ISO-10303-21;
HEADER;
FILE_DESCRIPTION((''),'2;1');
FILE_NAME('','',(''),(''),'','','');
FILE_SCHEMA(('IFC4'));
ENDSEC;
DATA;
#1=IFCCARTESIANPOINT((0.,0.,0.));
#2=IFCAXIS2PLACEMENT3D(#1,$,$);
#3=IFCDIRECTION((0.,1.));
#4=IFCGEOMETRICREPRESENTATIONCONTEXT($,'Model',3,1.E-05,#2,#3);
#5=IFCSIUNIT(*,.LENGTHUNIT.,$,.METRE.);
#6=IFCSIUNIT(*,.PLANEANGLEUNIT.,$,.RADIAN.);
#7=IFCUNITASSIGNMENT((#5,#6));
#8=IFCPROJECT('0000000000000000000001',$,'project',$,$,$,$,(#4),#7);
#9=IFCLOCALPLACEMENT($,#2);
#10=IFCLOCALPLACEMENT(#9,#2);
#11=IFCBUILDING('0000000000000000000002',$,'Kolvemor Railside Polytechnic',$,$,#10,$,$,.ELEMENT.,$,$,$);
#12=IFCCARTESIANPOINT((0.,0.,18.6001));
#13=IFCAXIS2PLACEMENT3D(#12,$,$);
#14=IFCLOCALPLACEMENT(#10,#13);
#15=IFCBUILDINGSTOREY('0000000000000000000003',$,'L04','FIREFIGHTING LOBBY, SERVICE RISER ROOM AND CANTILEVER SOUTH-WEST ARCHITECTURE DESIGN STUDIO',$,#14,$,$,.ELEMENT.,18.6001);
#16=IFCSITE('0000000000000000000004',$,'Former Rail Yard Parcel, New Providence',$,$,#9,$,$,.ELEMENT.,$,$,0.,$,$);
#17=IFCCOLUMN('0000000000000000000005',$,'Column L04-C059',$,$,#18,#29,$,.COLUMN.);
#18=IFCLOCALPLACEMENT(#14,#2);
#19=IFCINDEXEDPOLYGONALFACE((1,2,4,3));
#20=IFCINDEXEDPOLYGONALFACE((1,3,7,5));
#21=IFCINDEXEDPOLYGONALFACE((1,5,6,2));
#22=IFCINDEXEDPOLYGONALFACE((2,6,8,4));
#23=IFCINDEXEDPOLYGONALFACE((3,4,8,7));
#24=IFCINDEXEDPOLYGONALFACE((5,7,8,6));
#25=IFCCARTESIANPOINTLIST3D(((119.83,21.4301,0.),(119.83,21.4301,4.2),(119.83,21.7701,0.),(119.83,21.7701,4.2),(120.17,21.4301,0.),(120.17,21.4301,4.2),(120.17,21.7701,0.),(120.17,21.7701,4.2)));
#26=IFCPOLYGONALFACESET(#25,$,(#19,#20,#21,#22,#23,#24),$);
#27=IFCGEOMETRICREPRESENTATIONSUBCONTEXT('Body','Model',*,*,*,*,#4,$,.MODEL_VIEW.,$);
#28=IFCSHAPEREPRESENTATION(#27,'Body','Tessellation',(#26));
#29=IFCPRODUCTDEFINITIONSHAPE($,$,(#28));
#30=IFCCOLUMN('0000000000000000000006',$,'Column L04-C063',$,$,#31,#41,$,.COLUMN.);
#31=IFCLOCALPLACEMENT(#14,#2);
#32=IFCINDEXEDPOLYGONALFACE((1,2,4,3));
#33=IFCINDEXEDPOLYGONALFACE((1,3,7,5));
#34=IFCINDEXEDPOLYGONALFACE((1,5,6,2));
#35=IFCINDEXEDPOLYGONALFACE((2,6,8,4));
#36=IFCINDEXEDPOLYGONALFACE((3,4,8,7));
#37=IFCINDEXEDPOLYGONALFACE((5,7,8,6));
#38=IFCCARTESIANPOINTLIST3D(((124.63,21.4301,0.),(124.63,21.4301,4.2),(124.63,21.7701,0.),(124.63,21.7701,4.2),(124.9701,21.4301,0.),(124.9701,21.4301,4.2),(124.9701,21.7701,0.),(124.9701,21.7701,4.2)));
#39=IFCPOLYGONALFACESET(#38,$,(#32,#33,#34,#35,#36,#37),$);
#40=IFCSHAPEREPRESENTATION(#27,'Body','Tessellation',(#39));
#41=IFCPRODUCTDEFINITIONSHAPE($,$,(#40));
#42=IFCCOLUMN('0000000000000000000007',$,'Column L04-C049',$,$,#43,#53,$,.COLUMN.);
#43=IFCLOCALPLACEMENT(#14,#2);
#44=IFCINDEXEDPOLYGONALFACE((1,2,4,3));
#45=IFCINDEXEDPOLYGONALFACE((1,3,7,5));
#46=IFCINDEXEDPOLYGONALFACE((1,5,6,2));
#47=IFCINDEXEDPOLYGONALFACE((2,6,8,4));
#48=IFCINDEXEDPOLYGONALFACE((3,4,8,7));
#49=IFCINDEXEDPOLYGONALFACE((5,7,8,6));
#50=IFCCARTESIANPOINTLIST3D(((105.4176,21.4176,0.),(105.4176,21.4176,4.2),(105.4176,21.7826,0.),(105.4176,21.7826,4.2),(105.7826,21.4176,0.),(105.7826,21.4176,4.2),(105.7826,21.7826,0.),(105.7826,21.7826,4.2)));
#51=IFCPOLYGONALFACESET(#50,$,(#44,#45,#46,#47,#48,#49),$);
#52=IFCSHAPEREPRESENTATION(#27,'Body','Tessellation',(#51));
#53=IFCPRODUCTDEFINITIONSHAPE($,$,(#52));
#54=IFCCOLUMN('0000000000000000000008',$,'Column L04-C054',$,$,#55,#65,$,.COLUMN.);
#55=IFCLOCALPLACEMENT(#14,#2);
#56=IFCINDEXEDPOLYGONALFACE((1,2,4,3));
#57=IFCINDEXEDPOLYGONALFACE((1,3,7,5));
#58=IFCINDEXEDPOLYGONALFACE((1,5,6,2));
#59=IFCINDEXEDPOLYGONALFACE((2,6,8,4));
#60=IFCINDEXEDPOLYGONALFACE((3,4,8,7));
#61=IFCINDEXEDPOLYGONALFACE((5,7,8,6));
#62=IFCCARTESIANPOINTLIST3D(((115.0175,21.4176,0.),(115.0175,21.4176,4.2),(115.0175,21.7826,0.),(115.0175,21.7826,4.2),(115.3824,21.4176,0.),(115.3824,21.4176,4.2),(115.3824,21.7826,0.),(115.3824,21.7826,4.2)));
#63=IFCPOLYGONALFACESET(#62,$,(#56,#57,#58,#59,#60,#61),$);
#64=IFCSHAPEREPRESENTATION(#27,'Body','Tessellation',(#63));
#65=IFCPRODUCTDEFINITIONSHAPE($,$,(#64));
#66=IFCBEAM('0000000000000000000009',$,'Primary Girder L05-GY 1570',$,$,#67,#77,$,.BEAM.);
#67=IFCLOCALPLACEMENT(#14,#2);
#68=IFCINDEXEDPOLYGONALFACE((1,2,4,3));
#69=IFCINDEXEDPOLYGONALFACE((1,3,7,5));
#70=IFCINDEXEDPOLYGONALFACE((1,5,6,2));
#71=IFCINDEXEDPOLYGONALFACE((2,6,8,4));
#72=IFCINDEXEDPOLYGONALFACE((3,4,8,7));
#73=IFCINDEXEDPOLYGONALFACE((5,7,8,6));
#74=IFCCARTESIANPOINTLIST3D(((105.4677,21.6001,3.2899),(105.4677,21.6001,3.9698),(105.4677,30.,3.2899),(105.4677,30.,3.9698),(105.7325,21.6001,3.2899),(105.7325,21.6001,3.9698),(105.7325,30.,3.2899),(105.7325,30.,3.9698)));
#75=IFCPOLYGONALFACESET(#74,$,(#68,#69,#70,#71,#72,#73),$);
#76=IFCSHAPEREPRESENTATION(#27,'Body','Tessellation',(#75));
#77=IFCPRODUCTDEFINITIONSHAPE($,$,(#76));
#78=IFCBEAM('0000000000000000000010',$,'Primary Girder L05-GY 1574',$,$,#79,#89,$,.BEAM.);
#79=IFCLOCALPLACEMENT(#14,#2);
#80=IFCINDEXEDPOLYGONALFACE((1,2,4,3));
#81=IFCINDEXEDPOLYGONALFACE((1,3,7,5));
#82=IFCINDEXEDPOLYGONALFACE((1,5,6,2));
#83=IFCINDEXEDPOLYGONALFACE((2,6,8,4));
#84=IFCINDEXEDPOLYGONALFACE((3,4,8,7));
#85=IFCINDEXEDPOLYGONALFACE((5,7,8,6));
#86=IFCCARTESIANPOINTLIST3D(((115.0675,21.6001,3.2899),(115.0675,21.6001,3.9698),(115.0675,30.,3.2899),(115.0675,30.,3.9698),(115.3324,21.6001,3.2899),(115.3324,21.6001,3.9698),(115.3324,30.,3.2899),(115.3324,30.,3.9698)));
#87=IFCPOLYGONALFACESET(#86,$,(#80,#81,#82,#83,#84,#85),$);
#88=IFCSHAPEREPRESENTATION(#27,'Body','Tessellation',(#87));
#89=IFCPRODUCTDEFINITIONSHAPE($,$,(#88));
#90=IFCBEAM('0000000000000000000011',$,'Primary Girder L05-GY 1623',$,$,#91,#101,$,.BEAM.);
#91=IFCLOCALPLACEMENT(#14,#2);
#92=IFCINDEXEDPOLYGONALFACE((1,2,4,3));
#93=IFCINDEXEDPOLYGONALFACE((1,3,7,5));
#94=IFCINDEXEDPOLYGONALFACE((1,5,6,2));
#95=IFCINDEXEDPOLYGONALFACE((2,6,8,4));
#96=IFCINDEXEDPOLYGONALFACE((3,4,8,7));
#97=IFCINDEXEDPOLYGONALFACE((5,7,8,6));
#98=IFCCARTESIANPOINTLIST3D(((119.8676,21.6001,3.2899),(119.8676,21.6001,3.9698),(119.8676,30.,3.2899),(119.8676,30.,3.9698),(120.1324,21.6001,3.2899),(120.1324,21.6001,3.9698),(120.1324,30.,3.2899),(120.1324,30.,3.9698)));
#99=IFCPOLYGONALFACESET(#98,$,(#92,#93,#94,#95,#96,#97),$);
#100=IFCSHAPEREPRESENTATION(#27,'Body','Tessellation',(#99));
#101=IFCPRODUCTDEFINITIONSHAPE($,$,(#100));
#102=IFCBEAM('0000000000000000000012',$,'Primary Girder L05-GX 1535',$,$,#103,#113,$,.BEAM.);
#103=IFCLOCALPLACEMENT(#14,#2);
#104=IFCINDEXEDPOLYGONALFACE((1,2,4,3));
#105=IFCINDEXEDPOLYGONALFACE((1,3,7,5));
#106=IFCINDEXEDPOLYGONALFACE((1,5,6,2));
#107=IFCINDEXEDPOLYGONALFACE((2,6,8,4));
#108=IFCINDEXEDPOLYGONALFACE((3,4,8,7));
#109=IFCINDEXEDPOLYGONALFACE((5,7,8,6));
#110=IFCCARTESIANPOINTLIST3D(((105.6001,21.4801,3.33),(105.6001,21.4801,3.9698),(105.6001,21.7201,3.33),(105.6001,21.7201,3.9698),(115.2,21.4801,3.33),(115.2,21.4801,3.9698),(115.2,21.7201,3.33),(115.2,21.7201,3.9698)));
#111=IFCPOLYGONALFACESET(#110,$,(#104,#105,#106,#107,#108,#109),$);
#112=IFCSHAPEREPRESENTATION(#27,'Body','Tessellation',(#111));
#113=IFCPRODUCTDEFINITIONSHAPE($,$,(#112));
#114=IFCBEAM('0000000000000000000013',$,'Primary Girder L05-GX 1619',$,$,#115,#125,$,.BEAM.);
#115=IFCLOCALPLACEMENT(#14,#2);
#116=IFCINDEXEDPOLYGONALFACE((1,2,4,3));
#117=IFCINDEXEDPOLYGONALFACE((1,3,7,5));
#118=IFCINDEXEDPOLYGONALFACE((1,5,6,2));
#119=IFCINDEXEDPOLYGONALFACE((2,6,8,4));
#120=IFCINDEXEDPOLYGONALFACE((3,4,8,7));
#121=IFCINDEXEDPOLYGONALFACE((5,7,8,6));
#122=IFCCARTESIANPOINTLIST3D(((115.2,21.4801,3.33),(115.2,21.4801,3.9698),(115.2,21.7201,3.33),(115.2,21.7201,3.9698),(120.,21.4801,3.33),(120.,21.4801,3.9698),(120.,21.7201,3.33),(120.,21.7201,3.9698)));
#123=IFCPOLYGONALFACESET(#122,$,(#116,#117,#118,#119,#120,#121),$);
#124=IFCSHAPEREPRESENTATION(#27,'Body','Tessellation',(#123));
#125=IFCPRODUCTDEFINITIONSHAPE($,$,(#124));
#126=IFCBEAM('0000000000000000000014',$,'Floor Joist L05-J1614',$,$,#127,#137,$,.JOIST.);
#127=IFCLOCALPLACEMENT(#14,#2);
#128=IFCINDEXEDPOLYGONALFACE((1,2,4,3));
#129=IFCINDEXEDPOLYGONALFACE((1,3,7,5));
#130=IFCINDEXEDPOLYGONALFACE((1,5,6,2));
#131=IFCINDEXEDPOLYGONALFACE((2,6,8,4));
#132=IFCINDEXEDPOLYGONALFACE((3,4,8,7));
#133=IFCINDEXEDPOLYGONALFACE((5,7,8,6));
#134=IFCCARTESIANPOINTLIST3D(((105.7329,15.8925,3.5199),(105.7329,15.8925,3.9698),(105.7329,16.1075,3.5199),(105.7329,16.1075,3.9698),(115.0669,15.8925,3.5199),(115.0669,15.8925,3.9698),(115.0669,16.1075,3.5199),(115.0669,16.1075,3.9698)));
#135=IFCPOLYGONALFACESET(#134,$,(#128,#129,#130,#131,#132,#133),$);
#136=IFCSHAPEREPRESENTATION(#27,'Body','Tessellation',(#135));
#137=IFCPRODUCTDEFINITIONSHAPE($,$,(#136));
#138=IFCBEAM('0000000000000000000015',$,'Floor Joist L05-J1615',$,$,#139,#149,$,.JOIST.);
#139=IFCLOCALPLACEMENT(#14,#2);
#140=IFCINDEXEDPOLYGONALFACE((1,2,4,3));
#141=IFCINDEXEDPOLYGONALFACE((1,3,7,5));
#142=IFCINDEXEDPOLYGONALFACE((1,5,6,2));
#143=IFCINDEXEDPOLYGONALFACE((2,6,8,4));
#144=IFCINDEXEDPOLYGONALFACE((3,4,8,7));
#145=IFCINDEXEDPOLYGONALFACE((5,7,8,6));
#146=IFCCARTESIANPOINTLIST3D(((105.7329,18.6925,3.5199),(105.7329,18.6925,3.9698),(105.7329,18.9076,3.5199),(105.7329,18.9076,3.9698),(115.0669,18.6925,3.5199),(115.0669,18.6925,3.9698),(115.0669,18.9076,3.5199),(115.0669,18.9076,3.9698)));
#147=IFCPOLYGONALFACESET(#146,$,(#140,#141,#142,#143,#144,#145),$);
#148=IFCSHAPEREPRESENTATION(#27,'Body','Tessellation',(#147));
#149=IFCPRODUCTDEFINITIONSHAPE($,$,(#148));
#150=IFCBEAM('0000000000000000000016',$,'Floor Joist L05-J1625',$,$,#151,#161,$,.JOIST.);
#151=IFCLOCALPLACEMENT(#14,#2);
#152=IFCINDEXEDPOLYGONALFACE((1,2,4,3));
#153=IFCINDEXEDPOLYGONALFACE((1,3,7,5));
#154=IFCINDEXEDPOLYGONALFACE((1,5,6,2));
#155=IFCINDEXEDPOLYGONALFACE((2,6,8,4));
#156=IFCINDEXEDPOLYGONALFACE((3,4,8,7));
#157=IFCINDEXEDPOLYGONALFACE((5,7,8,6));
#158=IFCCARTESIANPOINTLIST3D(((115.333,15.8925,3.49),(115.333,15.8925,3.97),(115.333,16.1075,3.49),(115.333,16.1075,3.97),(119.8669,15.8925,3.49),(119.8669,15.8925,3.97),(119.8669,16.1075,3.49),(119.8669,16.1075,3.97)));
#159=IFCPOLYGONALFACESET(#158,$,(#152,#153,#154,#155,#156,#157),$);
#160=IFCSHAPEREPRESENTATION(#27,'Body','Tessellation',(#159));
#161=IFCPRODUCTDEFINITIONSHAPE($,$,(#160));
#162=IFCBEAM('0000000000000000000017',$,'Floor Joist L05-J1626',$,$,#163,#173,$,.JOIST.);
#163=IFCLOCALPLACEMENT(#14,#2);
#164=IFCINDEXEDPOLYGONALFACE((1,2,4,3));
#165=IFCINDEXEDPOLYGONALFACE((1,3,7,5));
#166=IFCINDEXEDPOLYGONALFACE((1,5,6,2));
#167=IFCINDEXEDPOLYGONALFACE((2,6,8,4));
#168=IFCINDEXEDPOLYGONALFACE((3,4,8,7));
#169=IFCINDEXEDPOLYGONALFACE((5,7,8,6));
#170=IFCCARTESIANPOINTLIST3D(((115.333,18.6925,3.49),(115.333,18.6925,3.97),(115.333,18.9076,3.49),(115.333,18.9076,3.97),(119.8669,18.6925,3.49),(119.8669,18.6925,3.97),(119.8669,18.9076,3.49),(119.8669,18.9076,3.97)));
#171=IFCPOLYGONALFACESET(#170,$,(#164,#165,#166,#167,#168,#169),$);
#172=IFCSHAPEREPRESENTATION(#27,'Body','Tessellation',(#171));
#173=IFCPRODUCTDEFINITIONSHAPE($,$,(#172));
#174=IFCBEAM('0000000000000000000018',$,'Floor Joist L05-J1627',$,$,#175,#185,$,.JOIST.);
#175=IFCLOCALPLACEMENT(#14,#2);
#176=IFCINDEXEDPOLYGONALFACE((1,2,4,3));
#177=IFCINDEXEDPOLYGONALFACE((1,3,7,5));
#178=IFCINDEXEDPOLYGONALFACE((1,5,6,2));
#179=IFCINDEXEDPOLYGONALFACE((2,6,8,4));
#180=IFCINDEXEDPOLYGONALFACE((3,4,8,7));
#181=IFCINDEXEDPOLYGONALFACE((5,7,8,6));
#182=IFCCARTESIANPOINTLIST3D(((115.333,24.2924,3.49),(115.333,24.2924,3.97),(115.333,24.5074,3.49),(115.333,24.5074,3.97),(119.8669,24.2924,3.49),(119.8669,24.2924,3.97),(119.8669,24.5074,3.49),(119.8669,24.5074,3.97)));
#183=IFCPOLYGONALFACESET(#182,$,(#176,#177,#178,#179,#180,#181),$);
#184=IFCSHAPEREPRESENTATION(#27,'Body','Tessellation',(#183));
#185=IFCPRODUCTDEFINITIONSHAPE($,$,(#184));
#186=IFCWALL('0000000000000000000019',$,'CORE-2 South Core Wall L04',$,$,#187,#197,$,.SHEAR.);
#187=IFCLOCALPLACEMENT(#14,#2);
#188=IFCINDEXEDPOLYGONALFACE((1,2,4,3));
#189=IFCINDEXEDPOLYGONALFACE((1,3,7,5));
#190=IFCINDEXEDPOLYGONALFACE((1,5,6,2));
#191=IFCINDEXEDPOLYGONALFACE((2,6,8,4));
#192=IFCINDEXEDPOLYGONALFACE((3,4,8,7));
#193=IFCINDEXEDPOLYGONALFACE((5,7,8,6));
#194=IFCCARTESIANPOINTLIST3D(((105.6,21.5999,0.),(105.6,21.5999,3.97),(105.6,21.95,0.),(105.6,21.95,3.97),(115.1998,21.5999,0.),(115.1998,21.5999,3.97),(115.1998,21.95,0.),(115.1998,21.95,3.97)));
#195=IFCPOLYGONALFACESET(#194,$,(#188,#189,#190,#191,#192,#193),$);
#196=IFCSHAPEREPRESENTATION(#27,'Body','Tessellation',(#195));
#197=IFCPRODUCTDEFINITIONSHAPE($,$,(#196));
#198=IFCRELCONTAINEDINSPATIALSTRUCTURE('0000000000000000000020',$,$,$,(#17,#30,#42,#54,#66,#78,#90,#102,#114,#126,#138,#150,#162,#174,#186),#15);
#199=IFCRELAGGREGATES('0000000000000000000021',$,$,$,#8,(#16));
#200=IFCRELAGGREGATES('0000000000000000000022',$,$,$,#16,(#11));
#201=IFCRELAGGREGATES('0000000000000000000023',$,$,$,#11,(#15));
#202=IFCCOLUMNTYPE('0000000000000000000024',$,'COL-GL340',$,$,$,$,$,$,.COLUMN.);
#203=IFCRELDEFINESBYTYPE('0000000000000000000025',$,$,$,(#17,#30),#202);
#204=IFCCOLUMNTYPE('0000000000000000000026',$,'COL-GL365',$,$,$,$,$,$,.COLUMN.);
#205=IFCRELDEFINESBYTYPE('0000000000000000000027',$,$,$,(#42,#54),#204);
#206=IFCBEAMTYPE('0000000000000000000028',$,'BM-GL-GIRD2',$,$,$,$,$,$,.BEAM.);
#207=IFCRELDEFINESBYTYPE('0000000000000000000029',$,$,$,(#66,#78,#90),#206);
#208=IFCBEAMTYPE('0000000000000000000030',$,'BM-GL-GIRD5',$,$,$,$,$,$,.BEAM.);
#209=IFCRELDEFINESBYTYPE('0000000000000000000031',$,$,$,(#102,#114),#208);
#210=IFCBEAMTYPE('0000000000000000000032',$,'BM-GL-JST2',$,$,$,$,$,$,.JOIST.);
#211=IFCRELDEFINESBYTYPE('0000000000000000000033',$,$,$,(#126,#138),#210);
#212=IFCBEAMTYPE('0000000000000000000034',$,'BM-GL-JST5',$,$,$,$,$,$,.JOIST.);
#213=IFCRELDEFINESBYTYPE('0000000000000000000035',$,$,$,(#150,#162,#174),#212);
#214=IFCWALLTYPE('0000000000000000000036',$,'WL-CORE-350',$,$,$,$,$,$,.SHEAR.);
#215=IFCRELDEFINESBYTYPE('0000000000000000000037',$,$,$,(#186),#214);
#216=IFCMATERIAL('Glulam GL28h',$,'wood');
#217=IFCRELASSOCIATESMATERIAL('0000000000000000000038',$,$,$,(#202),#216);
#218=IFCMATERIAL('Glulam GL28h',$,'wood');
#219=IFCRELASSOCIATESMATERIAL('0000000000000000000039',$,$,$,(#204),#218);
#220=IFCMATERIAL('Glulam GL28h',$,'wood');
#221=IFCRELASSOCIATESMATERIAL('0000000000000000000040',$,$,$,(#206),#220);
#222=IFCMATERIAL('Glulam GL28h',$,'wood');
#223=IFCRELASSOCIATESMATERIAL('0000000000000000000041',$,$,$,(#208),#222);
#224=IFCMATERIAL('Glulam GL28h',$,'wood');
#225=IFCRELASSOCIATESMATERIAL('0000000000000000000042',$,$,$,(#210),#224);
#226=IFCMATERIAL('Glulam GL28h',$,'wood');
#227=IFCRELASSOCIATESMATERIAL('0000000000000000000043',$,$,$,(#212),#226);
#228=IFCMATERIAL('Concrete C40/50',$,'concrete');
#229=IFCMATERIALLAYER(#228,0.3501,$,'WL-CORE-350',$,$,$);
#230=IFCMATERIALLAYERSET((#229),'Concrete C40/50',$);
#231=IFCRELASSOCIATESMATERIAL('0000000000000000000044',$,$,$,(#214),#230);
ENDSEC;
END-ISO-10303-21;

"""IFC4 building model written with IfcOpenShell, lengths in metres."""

from ifc_helpers import new_model, si_unit, direction, frame, frame_2d, origin, origin_2d, place, context, subcontext, project, spatial, rectangle, extrude, material, layer, layer_set, material_profile, profile_set, type_object, element, save


model = new_model("IFC4")

# Units and contexts
model_context = context("Model", 3, precision=1e-05, world=origin(), true_north=direction((0.0, 1.0)))
body_context = subcontext(model_context, "Body", "Model", "MODEL_VIEW")
ifc_project = project(units=[si_unit("LENGTHUNIT", "METRE"), si_unit("PLANEANGLEUNIT", "RADIAN")], contexts=[model_context])

# Site, building, storey
site_placement = place(None, origin())
site = spatial("IfcSite", under=ifc_project, at=site_placement, Name="Former Rail Yard Parcel, New Providence", CompositionType="ELEMENT", RefElevation=0.0)
building_placement = place(site_placement, origin())
building = spatial("IfcBuilding", under=site, at=building_placement, Name="Kolvemor Railside Polytechnic", CompositionType="ELEMENT")
storey_placement = place(building_placement, frame((0.0, 0.0, 18.6001)))
storey = spatial("IfcBuildingStorey", under=building, at=storey_placement, Name="L04", Description="FIREFIGHTING LOBBY, SERVICE RISER ROOM AND CANTILEVER SOUTH-WEST ARCHITECTURE DESIGN STUDIO", CompositionType="ELEMENT", Elevation=18.6001)

# Columns
ifc_material_1 = material(Name="Glulam GL28h", Category="wood")
ifc_material_profile_1 = material_profile(ifc_material_1, rectangle(XDim=0.3401, YDim=0.3401, at=origin_2d()), Name="GL340x340")
ifc_profile_set_1 = profile_set([ifc_material_profile_1], Name="Glulam GL28h")
column_type_1 = type_object("IfcColumnType", Name="COL-GL340", PredefinedType="COLUMN", material=ifc_profile_set_1)
for number, where, z_axis, x_axis, name in (
    (1, (120.0, 21.6001, 0.0), (0.0, 0.0, 1.0), (1.0, 0.0, 0.0), "Column L04-C059"),
    (2, (124.8, 21.6001, 0.0), (0.0, 0.0, 1.0), (1.0, 0.0, 0.0), "Column L04-C063"),
):
    element("IfcColumn", number, at=place(storey_placement, frame(where, z_axis=z_axis, x_axis=x_axis)), inside=storey, type_object=column_type_1, Name=name, PredefinedType="COLUMN", context=body_context, shape_type="SweptSolid", body=[
        extrude(rectangle(XDim=0.3401, YDim=0.3401, at=origin_2d()), origin(), (0.0, 0.0, 1.0), 4.2),
    ])
ifc_material_2 = material(Name="Glulam GL28h", Category="wood")
ifc_material_profile_2 = material_profile(ifc_material_2, rectangle(XDim=0.365, YDim=0.365, at=origin_2d()), Name="GL365x365")
ifc_profile_set_2 = profile_set([ifc_material_profile_2], Name="Glulam GL28h")
column_type_2 = type_object("IfcColumnType", Name="COL-GL365", PredefinedType="COLUMN", material=ifc_profile_set_2)
for number, where, z_axis, x_axis, name in (
    (3, (105.6001, 21.6001, 0.0), (0.0, 0.0, 1.0), (1.0, 0.0, 0.0), "Column L04-C049"),
    (4, (115.2, 21.6001, 0.0), (0.0, 0.0, 1.0), (1.0, 0.0, 0.0), "Column L04-C054"),
):
    element("IfcColumn", number, at=place(storey_placement, frame(where, z_axis=z_axis, x_axis=x_axis)), inside=storey, type_object=column_type_2, Name=name, PredefinedType="COLUMN", context=body_context, shape_type="SweptSolid", body=[
        extrude(rectangle(XDim=0.365, YDim=0.365, at=origin_2d()), origin(), (0.0, 0.0, 1.0), 4.2),
    ])

# Beams
ifc_material_3 = material(Name="Glulam GL28h", Category="wood")
ifc_material_profile_3 = material_profile(ifc_material_3, rectangle(XDim=0.2649, YDim=0.6799, at=origin_2d()), Name="GL265x680")
ifc_profile_set_3 = profile_set([ifc_material_profile_3], Name="Glulam GL28h")
beam_type_1 = type_object("IfcBeamType", Name="BM-GL-GIRD2", PredefinedType="BEAM", material=ifc_profile_set_3)
for number, where, z_axis, x_axis, name in (
    (5, (105.6001, 21.6001, 3.6299), (0.0, 1.0, 0.0), (-1.0, 0.0, 0.0), "Primary Girder L05-GY 1570"),
    (6, (115.2, 21.6001, 3.6299), (0.0, 1.0, 0.0), (-1.0, 0.0, 0.0), "Primary Girder L05-GY 1574"),
    (7, (120.0, 21.6001, 3.6299), (0.0, 1.0, 0.0), (-1.0, 0.0, 0.0), "Primary Girder L05-GY 1623"),
):
    element("IfcBeam", number, at=place(storey_placement, frame(where, z_axis=z_axis, x_axis=x_axis)), inside=storey, type_object=beam_type_1, Name=name, PredefinedType="BEAM", context=body_context, shape_type="SweptSolid", body=[
        extrude(rectangle(XDim=0.2649, YDim=0.6799, at=origin_2d()), origin(), (0.0, 0.0, 1.0), 8.3999),
    ])
ifc_material_4 = material(Name="Glulam GL28h", Category="wood")
ifc_material_profile_4 = material_profile(ifc_material_4, rectangle(XDim=0.24, YDim=0.6399, at=origin_2d()), Name="GL240x640")
ifc_profile_set_4 = profile_set([ifc_material_profile_4], Name="Glulam GL28h")
beam_type_2 = type_object("IfcBeamType", Name="BM-GL-GIRD5", PredefinedType="BEAM", material=ifc_profile_set_4)
beam_1_placement = place(storey_placement, frame((105.6001, 21.6001, 3.6499), z_axis=(1.0, 0.0, 0.0), x_axis=(0.0, 1.0, 0.0)))
element("IfcBeam", 8, at=beam_1_placement, inside=storey, type_object=beam_type_2, Name="Primary Girder L05-GX 1535", PredefinedType="BEAM", context=body_context, shape_type="SweptSolid", body=[
    extrude(rectangle(XDim=0.24, YDim=0.6399, at=origin_2d()), origin(), (0.0, 0.0, 1.0), 9.5999),
])
beam_2_placement = place(storey_placement, frame((115.2, 21.6001, 3.6499), z_axis=(1.0, 0.0, 0.0), x_axis=(0.0, 1.0, 0.0)))
element("IfcBeam", 9, at=beam_2_placement, inside=storey, type_object=beam_type_2, Name="Primary Girder L05-GX 1619", PredefinedType="BEAM", context=body_context, shape_type="SweptSolid", body=[
    extrude(rectangle(XDim=0.24, YDim=0.6399, at=origin_2d()), origin(), (0.0, 0.0, 1.0), 4.8),
])
ifc_material_5 = material(Name="Glulam GL28h", Category="wood")
ifc_material_profile_5 = material_profile(ifc_material_5, rectangle(XDim=0.2151, YDim=0.45, at=origin_2d()), Name="GL215x450")
ifc_profile_set_5 = profile_set([ifc_material_profile_5], Name="Glulam GL28h")
beam_type_3 = type_object("IfcBeamType", Name="BM-GL-JST2", PredefinedType="JOIST", material=ifc_profile_set_5)
for number, where, z_axis, x_axis, name in (
    (10, (105.7329, 16.0, 3.7449), (1.0, 0.0, 0.0), (0.0, 1.0, 0.0), "Floor Joist L05-J1614"),
    (11, (105.7329, 18.8, 3.7449), (1.0, 0.0, 0.0), (0.0, 1.0, 0.0), "Floor Joist L05-J1615"),
):
    element("IfcBeam", number, at=place(storey_placement, frame(where, z_axis=z_axis, x_axis=x_axis)), inside=storey, type_object=beam_type_3, Name=name, PredefinedType="JOIST", context=body_context, shape_type="SweptSolid", body=[
        extrude(rectangle(XDim=0.2151, YDim=0.45, at=origin_2d()), origin(), (0.0, 0.0, 1.0), 9.334),
    ])
ifc_material_6 = material(Name="Glulam GL28h", Category="wood")
ifc_material_profile_6 = material_profile(ifc_material_6, rectangle(XDim=0.2151, YDim=0.48, at=origin_2d()), Name="GL215x480")
ifc_profile_set_6 = profile_set([ifc_material_profile_6], Name="Glulam GL28h")
beam_type_4 = type_object("IfcBeamType", Name="BM-GL-JST5", PredefinedType="JOIST", material=ifc_profile_set_6)
for number, where, z_axis, x_axis, name in (
    (12, (115.333, 16.0, 3.73), (1.0, 0.0, 0.0), (0.0, 1.0, 0.0), "Floor Joist L05-J1625"),
    (13, (115.333, 18.8, 3.73), (1.0, 0.0, 0.0), (0.0, 1.0, 0.0), "Floor Joist L05-J1626"),
    (14, (115.333, 24.3999, 3.73), (1.0, 0.0, 0.0), (0.0, 1.0, 0.0), "Floor Joist L05-J1627"),
):
    element("IfcBeam", number, at=place(storey_placement, frame(where, z_axis=z_axis, x_axis=x_axis)), inside=storey, type_object=beam_type_4, Name=name, PredefinedType="JOIST", context=body_context, shape_type="SweptSolid", body=[
        extrude(rectangle(XDim=0.2151, YDim=0.48, at=origin_2d()), origin(), (0.0, 0.0, 1.0), 4.5339),
    ])

# Wall
ifc_material_7 = material(Name="Concrete C40/50", Category="concrete")
ifc_layer_1 = layer(ifc_material_7, 0.3501, Name="WL-CORE-350")
ifc_layer_set_1 = layer_set([ifc_layer_1], Name="Concrete C40/50")
wall_type_1 = type_object("IfcWallType", Name="WL-CORE-350", PredefinedType="SHEAR", material=ifc_layer_set_1)
wall_1_placement = place(storey_placement, frame((105.6001, 21.7749, 0.0), z_axis=(0.0, 0.0, 1.0), x_axis=(1.0, 0.0, 0.0)))
element("IfcWall", 15, at=wall_1_placement, inside=storey, type_object=wall_type_1, Name="CORE-2 South Core Wall L04", PredefinedType="SHEAR", context=body_context, shape_type="SweptSolid", body=[
    extrude(rectangle(XDim=9.5999, YDim=0.3501, at=frame_2d((4.7998, 0.0))), origin(), (0.0, 0.0, 1.0), 3.97),
])

save(model, "model.ifc")
